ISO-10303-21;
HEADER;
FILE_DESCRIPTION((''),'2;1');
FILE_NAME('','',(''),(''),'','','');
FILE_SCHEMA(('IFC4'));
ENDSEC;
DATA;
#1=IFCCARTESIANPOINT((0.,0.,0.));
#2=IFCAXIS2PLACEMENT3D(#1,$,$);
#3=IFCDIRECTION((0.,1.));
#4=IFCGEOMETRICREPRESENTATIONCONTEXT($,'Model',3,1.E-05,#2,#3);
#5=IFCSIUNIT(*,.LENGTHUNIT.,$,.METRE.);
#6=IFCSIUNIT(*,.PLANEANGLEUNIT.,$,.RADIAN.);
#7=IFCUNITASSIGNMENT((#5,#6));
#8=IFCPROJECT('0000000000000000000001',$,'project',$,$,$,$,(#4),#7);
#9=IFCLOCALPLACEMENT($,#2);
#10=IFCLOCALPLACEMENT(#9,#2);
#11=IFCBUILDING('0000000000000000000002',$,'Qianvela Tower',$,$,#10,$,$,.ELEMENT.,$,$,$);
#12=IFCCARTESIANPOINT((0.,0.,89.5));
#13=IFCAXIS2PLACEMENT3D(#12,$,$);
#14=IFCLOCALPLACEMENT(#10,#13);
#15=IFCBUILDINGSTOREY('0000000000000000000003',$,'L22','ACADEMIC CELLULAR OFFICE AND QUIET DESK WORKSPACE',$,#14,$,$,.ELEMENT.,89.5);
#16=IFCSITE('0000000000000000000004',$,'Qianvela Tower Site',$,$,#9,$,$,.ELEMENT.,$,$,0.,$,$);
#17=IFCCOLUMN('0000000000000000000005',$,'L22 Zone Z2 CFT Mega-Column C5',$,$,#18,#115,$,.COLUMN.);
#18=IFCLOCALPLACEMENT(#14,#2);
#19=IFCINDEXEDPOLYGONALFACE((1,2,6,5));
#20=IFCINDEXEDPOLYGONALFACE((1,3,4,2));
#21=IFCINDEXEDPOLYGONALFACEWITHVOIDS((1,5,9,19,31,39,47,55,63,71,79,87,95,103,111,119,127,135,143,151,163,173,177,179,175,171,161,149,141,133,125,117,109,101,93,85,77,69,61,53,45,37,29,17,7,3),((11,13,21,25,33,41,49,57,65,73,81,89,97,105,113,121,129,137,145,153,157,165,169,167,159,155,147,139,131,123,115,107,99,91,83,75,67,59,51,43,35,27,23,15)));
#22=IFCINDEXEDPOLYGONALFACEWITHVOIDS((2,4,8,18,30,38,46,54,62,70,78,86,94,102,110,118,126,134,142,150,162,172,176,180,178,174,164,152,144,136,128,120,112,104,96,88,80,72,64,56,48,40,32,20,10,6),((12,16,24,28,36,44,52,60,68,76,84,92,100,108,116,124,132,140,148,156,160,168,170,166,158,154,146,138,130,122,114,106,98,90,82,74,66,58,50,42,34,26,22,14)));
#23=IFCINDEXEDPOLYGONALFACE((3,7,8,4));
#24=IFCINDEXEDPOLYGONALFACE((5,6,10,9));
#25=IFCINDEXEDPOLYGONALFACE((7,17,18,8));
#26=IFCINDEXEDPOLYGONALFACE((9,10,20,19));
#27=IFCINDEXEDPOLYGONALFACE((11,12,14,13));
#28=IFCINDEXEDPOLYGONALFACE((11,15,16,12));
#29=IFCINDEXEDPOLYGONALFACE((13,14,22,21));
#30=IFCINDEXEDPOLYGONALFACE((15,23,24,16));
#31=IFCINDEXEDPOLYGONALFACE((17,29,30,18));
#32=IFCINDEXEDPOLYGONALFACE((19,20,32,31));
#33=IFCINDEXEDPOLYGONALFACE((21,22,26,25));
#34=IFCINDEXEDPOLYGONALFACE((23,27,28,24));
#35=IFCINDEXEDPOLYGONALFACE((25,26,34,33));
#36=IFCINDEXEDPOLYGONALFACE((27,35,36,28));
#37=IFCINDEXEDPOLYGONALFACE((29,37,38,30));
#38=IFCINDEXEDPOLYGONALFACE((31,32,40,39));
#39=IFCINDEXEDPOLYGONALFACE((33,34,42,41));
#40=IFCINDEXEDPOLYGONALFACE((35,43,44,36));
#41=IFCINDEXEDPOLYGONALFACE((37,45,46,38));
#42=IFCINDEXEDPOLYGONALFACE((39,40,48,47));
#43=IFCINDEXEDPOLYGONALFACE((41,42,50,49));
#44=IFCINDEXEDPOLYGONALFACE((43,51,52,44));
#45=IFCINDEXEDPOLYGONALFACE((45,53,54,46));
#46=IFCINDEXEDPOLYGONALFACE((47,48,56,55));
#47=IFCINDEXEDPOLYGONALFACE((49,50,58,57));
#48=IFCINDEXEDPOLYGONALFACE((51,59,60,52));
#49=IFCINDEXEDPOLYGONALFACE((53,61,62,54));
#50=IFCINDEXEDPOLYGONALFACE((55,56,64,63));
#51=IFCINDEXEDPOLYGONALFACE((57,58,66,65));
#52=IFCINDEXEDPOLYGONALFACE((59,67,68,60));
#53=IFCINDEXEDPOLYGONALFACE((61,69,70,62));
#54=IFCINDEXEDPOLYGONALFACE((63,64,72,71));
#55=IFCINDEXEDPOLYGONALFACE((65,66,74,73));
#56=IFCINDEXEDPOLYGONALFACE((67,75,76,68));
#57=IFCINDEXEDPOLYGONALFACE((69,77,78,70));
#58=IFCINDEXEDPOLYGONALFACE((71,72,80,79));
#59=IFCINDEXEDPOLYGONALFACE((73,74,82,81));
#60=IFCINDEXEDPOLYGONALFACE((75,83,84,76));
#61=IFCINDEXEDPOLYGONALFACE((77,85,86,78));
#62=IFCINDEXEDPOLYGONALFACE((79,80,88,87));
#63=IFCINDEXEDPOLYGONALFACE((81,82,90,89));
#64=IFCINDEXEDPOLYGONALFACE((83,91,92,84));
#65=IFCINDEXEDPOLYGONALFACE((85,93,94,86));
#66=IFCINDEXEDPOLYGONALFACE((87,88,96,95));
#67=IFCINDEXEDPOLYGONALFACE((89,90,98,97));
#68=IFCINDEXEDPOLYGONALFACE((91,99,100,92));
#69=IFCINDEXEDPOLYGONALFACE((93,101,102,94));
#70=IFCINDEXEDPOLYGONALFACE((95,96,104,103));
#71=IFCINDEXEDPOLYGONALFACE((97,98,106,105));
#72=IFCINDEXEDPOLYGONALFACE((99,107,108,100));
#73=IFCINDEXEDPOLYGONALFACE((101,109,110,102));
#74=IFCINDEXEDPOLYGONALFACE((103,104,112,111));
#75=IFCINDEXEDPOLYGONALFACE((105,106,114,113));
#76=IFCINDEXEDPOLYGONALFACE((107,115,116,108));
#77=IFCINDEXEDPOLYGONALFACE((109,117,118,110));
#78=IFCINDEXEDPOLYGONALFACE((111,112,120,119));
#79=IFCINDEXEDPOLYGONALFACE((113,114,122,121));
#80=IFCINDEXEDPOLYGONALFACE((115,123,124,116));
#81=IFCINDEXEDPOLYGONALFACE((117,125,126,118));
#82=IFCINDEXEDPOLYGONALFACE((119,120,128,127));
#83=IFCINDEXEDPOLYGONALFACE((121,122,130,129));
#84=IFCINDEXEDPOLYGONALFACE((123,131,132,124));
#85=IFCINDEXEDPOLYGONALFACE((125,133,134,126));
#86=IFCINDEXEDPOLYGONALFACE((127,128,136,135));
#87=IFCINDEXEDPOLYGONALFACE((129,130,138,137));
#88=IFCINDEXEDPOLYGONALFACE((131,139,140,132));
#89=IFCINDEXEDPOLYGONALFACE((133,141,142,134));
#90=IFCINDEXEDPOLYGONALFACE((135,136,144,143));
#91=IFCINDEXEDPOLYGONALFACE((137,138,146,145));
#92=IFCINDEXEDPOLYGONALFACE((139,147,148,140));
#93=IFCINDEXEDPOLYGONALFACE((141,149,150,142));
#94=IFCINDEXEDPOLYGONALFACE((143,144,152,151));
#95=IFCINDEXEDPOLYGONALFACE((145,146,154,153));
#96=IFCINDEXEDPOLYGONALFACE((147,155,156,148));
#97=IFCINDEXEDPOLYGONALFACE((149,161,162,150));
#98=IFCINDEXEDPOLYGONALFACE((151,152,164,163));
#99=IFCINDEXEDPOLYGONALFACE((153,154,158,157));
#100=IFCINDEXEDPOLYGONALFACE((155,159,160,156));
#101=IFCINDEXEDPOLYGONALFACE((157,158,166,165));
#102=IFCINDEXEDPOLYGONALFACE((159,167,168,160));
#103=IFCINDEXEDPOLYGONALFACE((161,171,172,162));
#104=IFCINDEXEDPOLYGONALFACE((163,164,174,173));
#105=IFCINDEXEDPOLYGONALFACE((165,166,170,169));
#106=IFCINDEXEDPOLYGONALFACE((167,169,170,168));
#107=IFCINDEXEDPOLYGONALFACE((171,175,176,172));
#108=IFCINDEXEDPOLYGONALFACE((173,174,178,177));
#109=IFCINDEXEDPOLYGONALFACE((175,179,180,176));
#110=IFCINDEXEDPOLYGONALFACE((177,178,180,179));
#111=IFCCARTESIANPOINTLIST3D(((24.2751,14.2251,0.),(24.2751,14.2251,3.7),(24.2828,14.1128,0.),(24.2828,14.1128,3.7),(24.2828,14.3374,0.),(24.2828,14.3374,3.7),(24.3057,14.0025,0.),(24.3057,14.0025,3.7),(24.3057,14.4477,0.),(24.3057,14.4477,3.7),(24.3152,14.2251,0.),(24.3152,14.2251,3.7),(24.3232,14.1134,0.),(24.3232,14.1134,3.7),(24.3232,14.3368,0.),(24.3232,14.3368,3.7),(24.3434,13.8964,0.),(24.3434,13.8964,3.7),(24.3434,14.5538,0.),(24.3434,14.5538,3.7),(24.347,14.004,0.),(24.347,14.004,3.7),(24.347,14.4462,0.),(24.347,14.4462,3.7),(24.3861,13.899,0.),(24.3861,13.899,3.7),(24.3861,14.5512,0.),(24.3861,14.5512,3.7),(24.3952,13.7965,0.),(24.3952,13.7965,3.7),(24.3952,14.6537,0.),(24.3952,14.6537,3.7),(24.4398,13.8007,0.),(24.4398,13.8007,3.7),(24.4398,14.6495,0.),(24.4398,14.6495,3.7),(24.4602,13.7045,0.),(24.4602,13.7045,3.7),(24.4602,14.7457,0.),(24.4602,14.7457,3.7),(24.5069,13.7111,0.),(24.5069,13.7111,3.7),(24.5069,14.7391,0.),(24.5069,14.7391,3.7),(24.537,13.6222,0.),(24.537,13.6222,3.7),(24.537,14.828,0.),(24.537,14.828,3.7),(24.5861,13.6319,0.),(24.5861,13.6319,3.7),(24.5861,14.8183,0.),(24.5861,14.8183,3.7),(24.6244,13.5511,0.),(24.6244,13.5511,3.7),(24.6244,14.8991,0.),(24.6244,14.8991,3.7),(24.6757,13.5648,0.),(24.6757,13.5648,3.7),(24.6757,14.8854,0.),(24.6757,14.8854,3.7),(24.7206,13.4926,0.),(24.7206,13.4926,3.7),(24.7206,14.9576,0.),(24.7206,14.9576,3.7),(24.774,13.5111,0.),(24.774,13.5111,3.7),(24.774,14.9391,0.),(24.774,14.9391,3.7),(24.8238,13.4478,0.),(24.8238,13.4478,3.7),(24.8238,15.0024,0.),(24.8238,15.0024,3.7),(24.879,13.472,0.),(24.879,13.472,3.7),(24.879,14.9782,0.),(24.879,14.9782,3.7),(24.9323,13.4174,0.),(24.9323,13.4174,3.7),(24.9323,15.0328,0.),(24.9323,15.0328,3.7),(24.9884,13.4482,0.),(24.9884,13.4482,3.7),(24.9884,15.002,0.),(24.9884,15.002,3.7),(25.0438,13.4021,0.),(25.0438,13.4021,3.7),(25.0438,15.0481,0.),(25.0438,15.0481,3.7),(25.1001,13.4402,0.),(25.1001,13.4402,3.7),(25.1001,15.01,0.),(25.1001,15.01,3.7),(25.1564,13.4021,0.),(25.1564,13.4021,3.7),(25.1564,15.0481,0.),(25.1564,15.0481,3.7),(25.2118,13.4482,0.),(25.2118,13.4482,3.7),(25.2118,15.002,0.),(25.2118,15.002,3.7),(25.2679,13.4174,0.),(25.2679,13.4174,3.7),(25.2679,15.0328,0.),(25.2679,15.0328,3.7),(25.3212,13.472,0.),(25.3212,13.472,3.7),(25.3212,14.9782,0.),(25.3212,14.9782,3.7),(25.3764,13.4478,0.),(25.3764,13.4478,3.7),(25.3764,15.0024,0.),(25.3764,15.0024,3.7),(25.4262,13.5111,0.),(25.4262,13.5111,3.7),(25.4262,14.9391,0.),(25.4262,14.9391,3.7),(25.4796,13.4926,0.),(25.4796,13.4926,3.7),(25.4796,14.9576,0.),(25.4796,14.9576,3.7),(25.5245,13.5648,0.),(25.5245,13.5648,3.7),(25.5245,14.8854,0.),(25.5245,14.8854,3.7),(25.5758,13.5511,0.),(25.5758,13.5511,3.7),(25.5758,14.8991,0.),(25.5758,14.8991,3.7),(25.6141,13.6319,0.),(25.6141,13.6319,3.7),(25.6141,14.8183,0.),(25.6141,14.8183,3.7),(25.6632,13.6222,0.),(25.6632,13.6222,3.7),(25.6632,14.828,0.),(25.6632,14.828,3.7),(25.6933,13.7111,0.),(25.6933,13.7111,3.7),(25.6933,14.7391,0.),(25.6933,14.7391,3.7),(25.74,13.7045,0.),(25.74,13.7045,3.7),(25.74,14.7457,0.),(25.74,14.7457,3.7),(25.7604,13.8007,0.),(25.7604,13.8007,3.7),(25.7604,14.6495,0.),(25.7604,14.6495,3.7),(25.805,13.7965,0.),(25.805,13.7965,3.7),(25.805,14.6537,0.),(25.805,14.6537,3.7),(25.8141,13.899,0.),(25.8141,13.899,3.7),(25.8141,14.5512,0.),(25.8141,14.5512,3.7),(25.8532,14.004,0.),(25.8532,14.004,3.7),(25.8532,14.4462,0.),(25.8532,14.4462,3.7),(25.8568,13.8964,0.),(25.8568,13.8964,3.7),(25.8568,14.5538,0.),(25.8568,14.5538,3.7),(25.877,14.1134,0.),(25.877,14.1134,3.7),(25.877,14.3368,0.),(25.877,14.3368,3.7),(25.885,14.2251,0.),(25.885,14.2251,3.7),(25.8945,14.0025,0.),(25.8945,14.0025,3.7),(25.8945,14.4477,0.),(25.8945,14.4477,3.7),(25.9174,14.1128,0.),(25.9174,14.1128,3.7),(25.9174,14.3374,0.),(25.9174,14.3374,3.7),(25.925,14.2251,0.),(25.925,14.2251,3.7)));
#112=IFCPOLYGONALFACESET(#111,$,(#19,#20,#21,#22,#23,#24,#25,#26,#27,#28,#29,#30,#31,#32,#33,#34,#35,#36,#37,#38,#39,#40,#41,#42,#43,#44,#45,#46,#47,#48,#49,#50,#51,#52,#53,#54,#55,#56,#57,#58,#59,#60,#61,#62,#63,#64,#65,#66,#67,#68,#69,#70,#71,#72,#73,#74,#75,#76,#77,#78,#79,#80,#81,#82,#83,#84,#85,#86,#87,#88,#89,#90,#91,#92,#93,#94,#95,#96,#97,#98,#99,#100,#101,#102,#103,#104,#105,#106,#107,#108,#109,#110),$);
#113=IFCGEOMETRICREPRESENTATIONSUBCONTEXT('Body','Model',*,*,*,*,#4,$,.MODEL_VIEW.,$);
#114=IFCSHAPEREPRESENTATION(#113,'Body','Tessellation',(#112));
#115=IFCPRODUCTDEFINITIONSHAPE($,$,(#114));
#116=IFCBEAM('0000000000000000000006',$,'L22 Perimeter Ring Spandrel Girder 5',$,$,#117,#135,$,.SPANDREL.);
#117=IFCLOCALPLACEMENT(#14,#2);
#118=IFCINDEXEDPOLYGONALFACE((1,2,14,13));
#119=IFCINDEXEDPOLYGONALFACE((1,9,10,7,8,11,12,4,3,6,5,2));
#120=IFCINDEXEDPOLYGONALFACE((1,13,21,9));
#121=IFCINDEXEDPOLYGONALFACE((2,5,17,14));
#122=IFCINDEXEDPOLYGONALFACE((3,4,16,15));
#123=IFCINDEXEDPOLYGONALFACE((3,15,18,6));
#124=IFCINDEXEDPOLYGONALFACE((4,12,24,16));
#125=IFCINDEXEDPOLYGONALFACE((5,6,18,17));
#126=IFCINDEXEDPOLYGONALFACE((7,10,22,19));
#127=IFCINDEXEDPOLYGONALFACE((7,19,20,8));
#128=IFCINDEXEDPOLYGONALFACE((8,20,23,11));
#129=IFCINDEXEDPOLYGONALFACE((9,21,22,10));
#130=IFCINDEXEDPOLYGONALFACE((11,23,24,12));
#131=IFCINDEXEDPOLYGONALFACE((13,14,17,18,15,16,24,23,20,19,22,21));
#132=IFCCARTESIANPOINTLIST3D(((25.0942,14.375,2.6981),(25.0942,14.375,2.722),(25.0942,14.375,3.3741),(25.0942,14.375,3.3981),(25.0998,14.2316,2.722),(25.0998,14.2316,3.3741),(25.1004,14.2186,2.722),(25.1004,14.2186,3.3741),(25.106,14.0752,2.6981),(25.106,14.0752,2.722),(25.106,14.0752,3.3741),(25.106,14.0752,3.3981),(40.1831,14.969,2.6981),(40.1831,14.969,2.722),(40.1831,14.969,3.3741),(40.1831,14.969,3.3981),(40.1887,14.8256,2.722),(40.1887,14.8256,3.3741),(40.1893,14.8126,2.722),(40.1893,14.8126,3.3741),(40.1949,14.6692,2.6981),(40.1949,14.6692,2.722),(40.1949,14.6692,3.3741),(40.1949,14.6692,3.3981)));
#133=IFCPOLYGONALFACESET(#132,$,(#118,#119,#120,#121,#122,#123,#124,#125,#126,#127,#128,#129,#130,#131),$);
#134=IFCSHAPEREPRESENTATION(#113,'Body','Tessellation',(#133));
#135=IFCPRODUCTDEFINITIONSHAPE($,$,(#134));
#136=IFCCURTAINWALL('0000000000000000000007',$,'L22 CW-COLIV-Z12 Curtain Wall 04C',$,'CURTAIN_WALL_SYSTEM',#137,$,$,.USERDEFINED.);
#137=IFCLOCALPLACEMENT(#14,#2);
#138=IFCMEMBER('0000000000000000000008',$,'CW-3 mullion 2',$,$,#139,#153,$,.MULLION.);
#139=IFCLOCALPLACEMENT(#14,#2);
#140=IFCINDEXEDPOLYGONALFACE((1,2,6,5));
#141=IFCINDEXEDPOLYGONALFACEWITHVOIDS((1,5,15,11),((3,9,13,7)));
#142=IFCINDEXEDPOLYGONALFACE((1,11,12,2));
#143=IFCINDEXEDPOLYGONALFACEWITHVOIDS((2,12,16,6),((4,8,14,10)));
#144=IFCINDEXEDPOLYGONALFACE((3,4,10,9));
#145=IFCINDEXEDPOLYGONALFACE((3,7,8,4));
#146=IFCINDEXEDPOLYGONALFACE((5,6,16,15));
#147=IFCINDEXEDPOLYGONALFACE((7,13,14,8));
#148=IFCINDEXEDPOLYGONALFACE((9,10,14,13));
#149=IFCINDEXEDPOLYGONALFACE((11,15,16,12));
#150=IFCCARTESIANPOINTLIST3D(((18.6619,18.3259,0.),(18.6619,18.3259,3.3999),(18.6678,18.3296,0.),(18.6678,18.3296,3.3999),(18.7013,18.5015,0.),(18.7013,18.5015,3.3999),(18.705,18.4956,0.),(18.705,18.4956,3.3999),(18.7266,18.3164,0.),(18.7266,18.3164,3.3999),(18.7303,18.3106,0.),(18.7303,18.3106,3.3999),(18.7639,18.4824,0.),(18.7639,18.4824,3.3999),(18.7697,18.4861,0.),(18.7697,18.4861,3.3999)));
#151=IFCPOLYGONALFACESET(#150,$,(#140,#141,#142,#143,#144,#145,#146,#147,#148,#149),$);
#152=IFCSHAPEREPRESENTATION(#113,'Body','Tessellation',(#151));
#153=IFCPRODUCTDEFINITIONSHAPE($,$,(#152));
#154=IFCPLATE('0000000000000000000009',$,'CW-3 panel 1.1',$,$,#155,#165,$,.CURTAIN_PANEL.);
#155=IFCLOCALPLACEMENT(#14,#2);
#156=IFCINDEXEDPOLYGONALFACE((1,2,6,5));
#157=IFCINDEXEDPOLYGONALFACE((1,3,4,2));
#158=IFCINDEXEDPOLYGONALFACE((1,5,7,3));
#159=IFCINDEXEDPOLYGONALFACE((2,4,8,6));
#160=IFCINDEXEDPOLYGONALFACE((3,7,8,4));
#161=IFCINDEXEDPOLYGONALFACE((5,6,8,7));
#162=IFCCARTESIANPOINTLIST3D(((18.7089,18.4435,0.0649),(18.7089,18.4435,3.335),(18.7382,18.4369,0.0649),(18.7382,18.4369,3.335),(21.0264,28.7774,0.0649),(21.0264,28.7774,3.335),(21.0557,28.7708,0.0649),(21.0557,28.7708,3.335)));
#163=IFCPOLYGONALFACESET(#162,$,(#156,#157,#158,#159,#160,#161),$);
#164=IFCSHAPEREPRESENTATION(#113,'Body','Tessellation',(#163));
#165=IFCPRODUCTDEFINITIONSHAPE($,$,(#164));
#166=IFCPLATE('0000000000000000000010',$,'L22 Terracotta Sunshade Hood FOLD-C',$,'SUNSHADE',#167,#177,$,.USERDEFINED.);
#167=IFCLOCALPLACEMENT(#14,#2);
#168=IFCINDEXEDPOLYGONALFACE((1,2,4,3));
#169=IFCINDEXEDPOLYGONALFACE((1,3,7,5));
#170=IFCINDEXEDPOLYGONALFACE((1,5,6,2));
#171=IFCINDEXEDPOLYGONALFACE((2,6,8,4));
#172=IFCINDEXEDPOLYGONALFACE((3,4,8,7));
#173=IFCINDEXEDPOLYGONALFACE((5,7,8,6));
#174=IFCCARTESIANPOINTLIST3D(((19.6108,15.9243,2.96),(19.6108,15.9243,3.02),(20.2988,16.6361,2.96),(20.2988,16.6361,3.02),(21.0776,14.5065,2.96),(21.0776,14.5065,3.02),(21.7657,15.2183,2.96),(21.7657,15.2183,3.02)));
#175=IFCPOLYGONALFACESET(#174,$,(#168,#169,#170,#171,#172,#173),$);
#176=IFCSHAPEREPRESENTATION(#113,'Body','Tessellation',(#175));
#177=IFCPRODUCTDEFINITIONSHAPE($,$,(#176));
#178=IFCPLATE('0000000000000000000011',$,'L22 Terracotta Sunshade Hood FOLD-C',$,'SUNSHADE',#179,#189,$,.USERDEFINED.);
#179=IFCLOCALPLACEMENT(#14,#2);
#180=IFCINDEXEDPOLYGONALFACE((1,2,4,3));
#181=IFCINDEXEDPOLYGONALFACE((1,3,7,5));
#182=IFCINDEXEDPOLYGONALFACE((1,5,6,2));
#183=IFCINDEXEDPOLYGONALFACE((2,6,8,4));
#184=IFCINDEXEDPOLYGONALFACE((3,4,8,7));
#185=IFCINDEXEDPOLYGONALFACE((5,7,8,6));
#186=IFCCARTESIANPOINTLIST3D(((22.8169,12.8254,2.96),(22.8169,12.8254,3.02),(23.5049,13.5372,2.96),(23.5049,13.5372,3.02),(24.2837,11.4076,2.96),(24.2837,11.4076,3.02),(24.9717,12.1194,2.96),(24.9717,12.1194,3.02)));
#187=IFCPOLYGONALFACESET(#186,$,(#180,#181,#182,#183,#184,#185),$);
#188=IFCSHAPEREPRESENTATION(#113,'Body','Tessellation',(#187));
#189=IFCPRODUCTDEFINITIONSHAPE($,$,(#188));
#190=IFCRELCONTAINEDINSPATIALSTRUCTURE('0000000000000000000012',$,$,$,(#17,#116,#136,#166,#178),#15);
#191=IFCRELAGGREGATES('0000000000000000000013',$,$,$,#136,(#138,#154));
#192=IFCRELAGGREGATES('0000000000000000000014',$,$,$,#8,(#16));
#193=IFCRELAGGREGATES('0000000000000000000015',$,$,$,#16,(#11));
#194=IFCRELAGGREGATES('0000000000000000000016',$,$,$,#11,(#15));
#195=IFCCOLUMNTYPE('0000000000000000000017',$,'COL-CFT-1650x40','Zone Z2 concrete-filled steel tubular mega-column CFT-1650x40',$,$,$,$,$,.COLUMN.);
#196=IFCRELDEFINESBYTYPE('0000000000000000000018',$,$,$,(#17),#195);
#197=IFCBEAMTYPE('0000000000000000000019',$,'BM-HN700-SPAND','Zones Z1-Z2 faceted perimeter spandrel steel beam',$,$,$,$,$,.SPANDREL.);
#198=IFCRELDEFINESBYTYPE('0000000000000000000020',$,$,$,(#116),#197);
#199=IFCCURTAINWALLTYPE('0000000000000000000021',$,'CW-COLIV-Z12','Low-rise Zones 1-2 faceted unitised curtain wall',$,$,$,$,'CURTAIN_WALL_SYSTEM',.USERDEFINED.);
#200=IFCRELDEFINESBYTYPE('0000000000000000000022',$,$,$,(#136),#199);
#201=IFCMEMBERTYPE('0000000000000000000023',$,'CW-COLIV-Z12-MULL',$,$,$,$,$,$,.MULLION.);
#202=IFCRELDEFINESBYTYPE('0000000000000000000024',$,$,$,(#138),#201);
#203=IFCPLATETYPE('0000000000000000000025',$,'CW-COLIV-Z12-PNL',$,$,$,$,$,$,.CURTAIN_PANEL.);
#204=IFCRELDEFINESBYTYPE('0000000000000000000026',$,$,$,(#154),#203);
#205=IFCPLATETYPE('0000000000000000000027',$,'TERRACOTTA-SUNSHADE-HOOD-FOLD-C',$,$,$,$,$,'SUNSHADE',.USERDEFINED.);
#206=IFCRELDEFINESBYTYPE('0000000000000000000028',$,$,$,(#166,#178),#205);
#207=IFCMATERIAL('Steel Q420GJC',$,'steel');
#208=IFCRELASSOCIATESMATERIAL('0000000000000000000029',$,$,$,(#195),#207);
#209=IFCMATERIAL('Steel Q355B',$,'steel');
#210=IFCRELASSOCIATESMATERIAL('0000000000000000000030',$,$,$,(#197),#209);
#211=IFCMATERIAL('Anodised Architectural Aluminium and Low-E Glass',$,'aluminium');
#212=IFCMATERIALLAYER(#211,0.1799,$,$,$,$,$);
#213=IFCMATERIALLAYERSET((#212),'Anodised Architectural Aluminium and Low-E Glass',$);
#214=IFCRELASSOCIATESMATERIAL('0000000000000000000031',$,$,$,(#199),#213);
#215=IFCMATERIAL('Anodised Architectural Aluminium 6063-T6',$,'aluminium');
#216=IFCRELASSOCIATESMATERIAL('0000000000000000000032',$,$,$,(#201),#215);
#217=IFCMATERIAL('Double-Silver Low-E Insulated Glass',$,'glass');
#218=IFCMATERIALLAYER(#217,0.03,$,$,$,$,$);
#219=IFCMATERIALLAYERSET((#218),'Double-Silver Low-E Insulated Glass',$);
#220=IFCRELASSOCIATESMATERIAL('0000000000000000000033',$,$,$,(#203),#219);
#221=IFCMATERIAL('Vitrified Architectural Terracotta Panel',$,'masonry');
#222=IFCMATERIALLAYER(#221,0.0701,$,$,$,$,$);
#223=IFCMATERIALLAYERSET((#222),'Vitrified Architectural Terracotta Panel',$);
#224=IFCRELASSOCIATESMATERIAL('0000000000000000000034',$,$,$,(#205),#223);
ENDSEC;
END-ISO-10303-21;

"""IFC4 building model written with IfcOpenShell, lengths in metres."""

from ifc_helpers import new_model, si_unit, direction, frame, origin, origin_2d, place, context, subcontext, project, spatial, rectangle, hollow_rectangle, hollow_circle, i_section, extrude, material, layer, layer_set, material_profile, profile_set, type_object, element, aggregate, save


model = new_model("IFC4")

# Units and contexts
model_context = context("Model", 3, precision=1e-05, world=origin(), true_north=direction((0.0, 1.0)))
body_context = subcontext(model_context, "Body", "Model", "MODEL_VIEW")
ifc_project = project(units=[si_unit("LENGTHUNIT", "METRE"), si_unit("PLANEANGLEUNIT", "RADIAN")], contexts=[model_context])

# Site, building, storey
site_placement = place(None, origin())
site = spatial("IfcSite", under=ifc_project, at=site_placement, Name="Qianvela Tower Site", CompositionType="ELEMENT", RefElevation=0.0)
building_placement = place(site_placement, origin())
building = spatial("IfcBuilding", under=site, at=building_placement, Name="Qianvela Tower", CompositionType="ELEMENT")
storey_placement = place(building_placement, frame((0.0, 0.0, 89.5)))
storey = spatial("IfcBuildingStorey", under=building, at=storey_placement, Name="L22", Description="ACADEMIC CELLULAR OFFICE AND QUIET DESK WORKSPACE", CompositionType="ELEMENT", Elevation=89.5)

# Column
ifc_material_1 = material(Name="Steel Q420GJC", Category="steel")
ifc_material_profile_1 = material_profile(ifc_material_1, hollow_circle(Radius=0.825, WallThickness=0.04, at=origin_2d()), Name="CFT-1650x40")
ifc_profile_set_1 = profile_set([ifc_material_profile_1], Name="Steel Q420GJC")
column_type = type_object("IfcColumnType", Name="COL-CFT-1650x40", Description="Zone Z2 concrete-filled steel tubular mega-column CFT-1650x40", PredefinedType="COLUMN", material=ifc_profile_set_1)
column_placement = place(storey_placement, frame((25.1001, 14.2251, 0.0), z_axis=(0.0, 0.0, 1.0), x_axis=(1.0, 0.0, 0.0)))
element("IfcColumn", 1, at=column_placement, inside=storey, type_object=column_type, Name="L22 Zone Z2 CFT Mega-Column C5", PredefinedType="COLUMN", context=body_context, shape_type="SweptSolid", body=[
    extrude(hollow_circle(Radius=0.825, WallThickness=0.04, at=origin_2d()), origin(), (0.0, 0.0, 1.0), 3.7),
])

# Beam
ifc_material_2 = material(Name="Steel Q355B", Category="steel")
ifc_material_profile_2 = material_profile(ifc_material_2, i_section(OverallWidth=0.3, OverallDepth=0.7, WebThickness=0.0129, FlangeThickness=0.0239, at=origin_2d()), Name="HN700x300x13x24")
ifc_profile_set_2 = profile_set([ifc_material_profile_2], Name="Steel Q355B")
beam_type = type_object("IfcBeamType", Name="BM-HN700-SPAND", Description="Zones Z1-Z2 faceted perimeter spandrel steel beam", PredefinedType="SPANDREL", material=ifc_profile_set_2)
beam_placement = place(storey_placement, frame((25.1001, 14.2251, 3.0481), z_axis=(0.999226, 0.039336, 0.0), x_axis=(-0.039336, 0.999226, 0.0)))
element("IfcBeam", 2, at=beam_placement, inside=storey, type_object=beam_type, Name="L22 Perimeter Ring Spandrel Girder 5", PredefinedType="SPANDREL", context=body_context, shape_type="SweptSolid", body=[
    extrude(i_section(OverallWidth=0.3, OverallDepth=0.7, WebThickness=0.0129, FlangeThickness=0.0239, at=origin_2d()), origin(), (0.0, 0.0, 1.0), 15.1006),
])

# Curtain wall, member, plate
ifc_material_3 = material(Name="Anodised Architectural Aluminium and Low-E Glass", Category="aluminium")
ifc_layer_1 = layer(ifc_material_3, 0.1799)
ifc_layer_set_1 = layer_set([ifc_layer_1], Name="Anodised Architectural Aluminium and Low-E Glass")
curtain_wall_type = type_object("IfcCurtainWallType", Name="CW-COLIV-Z12", Description="Low-rise Zones 1-2 faceted unitised curtain wall", ElementType="CURTAIN_WALL_SYSTEM", PredefinedType="USERDEFINED", material=ifc_layer_set_1)
curtain_wall_placement = place(storey_placement, origin())
curtain_wall = element("IfcCurtainWall", 3, at=curtain_wall_placement, inside=storey, type_object=curtain_wall_type, Name="L22 CW-COLIV-Z12 Curtain Wall 04C", ObjectType="CURTAIN_WALL_SYSTEM", PredefinedType="USERDEFINED")
ifc_material_4 = material(Name="Anodised Architectural Aluminium 6063-T6", Category="aluminium")
ifc_material_profile_3 = material_profile(ifc_material_4, hollow_rectangle(XDim=0.0701, YDim=0.1799, WallThickness=0.0049, at=origin_2d()), Name="ALU-MULL-70x180")
ifc_profile_set_3 = profile_set([ifc_material_profile_3], Name="Anodised Architectural Aluminium 6063-T6")
member_type = type_object("IfcMemberType", Name="CW-COLIV-Z12-MULL", PredefinedType="MULLION", material=ifc_profile_set_3)
member_placement = place(storey_placement, frame((18.7158, 18.406, 0.0), z_axis=(0.0, 0.0, 1.0), x_axis=(0.975763, -0.21883, 0.0)))
member = element("IfcMember", 4, at=member_placement, type_object=member_type, Name="CW-3 mullion 2", PredefinedType="MULLION", context=body_context, shape_type="SweptSolid", body=[
    extrude(hollow_rectangle(XDim=0.0701, YDim=0.1799, WallThickness=0.0049, at=origin_2d()), origin(), (0.0, 0.0, 1.0), 3.3999),
])
ifc_material_5 = material(Name="Double-Silver Low-E Insulated Glass", Category="glass")
ifc_layer_2 = layer(ifc_material_5, 0.03)
ifc_layer_set_2 = layer_set([ifc_layer_2], Name="Double-Silver Low-E Insulated Glass")
plate_type_1 = type_object("IfcPlateType", Name="CW-COLIV-Z12-PNL", PredefinedType="CURTAIN_PANEL", material=ifc_layer_set_2)
plate_placement = place(storey_placement, frame((19.8823, 23.6072, 0.0649), z_axis=(0.0, 0.0, 1.0), x_axis=(-0.21883, -0.975763, 0.0)))
plate = element("IfcPlate", 5, at=plate_placement, type_object=plate_type_1, Name="CW-3 panel 1.1", PredefinedType="CURTAIN_PANEL", context=body_context, shape_type="SweptSolid", body=[
    extrude(rectangle(XDim=10.5906, YDim=0.03, at=origin_2d()), origin(), (0.0, 0.0, 1.0), 3.27),
])
aggregate(curtain_wall, [member, plate])

# Plates
ifc_material_6 = material(Name="Vitrified Architectural Terracotta Panel", Category="masonry")
ifc_layer_3 = layer(ifc_material_6, 0.0701)
ifc_layer_set_3 = layer_set([ifc_layer_3], Name="Vitrified Architectural Terracotta Panel")
plate_type_2 = type_object("IfcPlateType", Name="TERRACOTTA-SUNSHADE-HOOD-FOLD-C", ElementType="SUNSHADE", PredefinedType="USERDEFINED", material=ifc_layer_set_3)
for number, where, z_axis, x_axis, name in (
    (6, (20.6882, 15.5713, 2.96), (0.0, 0.0, 1.0), (0.719031, -0.694978, 0.0), "L22 Terracotta Sunshade Hood FOLD-C"),
    (7, (23.8943, 12.4724, 2.96), (0.0, 0.0, 1.0), (0.719031, -0.694978, 0.0), "L22 Terracotta Sunshade Hood FOLD-C"),
):
    element("IfcPlate", number, at=place(storey_placement, frame(where, z_axis=z_axis, x_axis=x_axis)), inside=storey, type_object=plate_type_2, Name=name, ObjectType="SUNSHADE", PredefinedType="USERDEFINED", context=body_context, shape_type="SweptSolid", body=[
        extrude(rectangle(XDim=2.04, YDim=0.99, at=origin_2d()), origin(), (0.0, 0.0, 1.0), 0.0601),
    ])

save(model, "model.ifc")
